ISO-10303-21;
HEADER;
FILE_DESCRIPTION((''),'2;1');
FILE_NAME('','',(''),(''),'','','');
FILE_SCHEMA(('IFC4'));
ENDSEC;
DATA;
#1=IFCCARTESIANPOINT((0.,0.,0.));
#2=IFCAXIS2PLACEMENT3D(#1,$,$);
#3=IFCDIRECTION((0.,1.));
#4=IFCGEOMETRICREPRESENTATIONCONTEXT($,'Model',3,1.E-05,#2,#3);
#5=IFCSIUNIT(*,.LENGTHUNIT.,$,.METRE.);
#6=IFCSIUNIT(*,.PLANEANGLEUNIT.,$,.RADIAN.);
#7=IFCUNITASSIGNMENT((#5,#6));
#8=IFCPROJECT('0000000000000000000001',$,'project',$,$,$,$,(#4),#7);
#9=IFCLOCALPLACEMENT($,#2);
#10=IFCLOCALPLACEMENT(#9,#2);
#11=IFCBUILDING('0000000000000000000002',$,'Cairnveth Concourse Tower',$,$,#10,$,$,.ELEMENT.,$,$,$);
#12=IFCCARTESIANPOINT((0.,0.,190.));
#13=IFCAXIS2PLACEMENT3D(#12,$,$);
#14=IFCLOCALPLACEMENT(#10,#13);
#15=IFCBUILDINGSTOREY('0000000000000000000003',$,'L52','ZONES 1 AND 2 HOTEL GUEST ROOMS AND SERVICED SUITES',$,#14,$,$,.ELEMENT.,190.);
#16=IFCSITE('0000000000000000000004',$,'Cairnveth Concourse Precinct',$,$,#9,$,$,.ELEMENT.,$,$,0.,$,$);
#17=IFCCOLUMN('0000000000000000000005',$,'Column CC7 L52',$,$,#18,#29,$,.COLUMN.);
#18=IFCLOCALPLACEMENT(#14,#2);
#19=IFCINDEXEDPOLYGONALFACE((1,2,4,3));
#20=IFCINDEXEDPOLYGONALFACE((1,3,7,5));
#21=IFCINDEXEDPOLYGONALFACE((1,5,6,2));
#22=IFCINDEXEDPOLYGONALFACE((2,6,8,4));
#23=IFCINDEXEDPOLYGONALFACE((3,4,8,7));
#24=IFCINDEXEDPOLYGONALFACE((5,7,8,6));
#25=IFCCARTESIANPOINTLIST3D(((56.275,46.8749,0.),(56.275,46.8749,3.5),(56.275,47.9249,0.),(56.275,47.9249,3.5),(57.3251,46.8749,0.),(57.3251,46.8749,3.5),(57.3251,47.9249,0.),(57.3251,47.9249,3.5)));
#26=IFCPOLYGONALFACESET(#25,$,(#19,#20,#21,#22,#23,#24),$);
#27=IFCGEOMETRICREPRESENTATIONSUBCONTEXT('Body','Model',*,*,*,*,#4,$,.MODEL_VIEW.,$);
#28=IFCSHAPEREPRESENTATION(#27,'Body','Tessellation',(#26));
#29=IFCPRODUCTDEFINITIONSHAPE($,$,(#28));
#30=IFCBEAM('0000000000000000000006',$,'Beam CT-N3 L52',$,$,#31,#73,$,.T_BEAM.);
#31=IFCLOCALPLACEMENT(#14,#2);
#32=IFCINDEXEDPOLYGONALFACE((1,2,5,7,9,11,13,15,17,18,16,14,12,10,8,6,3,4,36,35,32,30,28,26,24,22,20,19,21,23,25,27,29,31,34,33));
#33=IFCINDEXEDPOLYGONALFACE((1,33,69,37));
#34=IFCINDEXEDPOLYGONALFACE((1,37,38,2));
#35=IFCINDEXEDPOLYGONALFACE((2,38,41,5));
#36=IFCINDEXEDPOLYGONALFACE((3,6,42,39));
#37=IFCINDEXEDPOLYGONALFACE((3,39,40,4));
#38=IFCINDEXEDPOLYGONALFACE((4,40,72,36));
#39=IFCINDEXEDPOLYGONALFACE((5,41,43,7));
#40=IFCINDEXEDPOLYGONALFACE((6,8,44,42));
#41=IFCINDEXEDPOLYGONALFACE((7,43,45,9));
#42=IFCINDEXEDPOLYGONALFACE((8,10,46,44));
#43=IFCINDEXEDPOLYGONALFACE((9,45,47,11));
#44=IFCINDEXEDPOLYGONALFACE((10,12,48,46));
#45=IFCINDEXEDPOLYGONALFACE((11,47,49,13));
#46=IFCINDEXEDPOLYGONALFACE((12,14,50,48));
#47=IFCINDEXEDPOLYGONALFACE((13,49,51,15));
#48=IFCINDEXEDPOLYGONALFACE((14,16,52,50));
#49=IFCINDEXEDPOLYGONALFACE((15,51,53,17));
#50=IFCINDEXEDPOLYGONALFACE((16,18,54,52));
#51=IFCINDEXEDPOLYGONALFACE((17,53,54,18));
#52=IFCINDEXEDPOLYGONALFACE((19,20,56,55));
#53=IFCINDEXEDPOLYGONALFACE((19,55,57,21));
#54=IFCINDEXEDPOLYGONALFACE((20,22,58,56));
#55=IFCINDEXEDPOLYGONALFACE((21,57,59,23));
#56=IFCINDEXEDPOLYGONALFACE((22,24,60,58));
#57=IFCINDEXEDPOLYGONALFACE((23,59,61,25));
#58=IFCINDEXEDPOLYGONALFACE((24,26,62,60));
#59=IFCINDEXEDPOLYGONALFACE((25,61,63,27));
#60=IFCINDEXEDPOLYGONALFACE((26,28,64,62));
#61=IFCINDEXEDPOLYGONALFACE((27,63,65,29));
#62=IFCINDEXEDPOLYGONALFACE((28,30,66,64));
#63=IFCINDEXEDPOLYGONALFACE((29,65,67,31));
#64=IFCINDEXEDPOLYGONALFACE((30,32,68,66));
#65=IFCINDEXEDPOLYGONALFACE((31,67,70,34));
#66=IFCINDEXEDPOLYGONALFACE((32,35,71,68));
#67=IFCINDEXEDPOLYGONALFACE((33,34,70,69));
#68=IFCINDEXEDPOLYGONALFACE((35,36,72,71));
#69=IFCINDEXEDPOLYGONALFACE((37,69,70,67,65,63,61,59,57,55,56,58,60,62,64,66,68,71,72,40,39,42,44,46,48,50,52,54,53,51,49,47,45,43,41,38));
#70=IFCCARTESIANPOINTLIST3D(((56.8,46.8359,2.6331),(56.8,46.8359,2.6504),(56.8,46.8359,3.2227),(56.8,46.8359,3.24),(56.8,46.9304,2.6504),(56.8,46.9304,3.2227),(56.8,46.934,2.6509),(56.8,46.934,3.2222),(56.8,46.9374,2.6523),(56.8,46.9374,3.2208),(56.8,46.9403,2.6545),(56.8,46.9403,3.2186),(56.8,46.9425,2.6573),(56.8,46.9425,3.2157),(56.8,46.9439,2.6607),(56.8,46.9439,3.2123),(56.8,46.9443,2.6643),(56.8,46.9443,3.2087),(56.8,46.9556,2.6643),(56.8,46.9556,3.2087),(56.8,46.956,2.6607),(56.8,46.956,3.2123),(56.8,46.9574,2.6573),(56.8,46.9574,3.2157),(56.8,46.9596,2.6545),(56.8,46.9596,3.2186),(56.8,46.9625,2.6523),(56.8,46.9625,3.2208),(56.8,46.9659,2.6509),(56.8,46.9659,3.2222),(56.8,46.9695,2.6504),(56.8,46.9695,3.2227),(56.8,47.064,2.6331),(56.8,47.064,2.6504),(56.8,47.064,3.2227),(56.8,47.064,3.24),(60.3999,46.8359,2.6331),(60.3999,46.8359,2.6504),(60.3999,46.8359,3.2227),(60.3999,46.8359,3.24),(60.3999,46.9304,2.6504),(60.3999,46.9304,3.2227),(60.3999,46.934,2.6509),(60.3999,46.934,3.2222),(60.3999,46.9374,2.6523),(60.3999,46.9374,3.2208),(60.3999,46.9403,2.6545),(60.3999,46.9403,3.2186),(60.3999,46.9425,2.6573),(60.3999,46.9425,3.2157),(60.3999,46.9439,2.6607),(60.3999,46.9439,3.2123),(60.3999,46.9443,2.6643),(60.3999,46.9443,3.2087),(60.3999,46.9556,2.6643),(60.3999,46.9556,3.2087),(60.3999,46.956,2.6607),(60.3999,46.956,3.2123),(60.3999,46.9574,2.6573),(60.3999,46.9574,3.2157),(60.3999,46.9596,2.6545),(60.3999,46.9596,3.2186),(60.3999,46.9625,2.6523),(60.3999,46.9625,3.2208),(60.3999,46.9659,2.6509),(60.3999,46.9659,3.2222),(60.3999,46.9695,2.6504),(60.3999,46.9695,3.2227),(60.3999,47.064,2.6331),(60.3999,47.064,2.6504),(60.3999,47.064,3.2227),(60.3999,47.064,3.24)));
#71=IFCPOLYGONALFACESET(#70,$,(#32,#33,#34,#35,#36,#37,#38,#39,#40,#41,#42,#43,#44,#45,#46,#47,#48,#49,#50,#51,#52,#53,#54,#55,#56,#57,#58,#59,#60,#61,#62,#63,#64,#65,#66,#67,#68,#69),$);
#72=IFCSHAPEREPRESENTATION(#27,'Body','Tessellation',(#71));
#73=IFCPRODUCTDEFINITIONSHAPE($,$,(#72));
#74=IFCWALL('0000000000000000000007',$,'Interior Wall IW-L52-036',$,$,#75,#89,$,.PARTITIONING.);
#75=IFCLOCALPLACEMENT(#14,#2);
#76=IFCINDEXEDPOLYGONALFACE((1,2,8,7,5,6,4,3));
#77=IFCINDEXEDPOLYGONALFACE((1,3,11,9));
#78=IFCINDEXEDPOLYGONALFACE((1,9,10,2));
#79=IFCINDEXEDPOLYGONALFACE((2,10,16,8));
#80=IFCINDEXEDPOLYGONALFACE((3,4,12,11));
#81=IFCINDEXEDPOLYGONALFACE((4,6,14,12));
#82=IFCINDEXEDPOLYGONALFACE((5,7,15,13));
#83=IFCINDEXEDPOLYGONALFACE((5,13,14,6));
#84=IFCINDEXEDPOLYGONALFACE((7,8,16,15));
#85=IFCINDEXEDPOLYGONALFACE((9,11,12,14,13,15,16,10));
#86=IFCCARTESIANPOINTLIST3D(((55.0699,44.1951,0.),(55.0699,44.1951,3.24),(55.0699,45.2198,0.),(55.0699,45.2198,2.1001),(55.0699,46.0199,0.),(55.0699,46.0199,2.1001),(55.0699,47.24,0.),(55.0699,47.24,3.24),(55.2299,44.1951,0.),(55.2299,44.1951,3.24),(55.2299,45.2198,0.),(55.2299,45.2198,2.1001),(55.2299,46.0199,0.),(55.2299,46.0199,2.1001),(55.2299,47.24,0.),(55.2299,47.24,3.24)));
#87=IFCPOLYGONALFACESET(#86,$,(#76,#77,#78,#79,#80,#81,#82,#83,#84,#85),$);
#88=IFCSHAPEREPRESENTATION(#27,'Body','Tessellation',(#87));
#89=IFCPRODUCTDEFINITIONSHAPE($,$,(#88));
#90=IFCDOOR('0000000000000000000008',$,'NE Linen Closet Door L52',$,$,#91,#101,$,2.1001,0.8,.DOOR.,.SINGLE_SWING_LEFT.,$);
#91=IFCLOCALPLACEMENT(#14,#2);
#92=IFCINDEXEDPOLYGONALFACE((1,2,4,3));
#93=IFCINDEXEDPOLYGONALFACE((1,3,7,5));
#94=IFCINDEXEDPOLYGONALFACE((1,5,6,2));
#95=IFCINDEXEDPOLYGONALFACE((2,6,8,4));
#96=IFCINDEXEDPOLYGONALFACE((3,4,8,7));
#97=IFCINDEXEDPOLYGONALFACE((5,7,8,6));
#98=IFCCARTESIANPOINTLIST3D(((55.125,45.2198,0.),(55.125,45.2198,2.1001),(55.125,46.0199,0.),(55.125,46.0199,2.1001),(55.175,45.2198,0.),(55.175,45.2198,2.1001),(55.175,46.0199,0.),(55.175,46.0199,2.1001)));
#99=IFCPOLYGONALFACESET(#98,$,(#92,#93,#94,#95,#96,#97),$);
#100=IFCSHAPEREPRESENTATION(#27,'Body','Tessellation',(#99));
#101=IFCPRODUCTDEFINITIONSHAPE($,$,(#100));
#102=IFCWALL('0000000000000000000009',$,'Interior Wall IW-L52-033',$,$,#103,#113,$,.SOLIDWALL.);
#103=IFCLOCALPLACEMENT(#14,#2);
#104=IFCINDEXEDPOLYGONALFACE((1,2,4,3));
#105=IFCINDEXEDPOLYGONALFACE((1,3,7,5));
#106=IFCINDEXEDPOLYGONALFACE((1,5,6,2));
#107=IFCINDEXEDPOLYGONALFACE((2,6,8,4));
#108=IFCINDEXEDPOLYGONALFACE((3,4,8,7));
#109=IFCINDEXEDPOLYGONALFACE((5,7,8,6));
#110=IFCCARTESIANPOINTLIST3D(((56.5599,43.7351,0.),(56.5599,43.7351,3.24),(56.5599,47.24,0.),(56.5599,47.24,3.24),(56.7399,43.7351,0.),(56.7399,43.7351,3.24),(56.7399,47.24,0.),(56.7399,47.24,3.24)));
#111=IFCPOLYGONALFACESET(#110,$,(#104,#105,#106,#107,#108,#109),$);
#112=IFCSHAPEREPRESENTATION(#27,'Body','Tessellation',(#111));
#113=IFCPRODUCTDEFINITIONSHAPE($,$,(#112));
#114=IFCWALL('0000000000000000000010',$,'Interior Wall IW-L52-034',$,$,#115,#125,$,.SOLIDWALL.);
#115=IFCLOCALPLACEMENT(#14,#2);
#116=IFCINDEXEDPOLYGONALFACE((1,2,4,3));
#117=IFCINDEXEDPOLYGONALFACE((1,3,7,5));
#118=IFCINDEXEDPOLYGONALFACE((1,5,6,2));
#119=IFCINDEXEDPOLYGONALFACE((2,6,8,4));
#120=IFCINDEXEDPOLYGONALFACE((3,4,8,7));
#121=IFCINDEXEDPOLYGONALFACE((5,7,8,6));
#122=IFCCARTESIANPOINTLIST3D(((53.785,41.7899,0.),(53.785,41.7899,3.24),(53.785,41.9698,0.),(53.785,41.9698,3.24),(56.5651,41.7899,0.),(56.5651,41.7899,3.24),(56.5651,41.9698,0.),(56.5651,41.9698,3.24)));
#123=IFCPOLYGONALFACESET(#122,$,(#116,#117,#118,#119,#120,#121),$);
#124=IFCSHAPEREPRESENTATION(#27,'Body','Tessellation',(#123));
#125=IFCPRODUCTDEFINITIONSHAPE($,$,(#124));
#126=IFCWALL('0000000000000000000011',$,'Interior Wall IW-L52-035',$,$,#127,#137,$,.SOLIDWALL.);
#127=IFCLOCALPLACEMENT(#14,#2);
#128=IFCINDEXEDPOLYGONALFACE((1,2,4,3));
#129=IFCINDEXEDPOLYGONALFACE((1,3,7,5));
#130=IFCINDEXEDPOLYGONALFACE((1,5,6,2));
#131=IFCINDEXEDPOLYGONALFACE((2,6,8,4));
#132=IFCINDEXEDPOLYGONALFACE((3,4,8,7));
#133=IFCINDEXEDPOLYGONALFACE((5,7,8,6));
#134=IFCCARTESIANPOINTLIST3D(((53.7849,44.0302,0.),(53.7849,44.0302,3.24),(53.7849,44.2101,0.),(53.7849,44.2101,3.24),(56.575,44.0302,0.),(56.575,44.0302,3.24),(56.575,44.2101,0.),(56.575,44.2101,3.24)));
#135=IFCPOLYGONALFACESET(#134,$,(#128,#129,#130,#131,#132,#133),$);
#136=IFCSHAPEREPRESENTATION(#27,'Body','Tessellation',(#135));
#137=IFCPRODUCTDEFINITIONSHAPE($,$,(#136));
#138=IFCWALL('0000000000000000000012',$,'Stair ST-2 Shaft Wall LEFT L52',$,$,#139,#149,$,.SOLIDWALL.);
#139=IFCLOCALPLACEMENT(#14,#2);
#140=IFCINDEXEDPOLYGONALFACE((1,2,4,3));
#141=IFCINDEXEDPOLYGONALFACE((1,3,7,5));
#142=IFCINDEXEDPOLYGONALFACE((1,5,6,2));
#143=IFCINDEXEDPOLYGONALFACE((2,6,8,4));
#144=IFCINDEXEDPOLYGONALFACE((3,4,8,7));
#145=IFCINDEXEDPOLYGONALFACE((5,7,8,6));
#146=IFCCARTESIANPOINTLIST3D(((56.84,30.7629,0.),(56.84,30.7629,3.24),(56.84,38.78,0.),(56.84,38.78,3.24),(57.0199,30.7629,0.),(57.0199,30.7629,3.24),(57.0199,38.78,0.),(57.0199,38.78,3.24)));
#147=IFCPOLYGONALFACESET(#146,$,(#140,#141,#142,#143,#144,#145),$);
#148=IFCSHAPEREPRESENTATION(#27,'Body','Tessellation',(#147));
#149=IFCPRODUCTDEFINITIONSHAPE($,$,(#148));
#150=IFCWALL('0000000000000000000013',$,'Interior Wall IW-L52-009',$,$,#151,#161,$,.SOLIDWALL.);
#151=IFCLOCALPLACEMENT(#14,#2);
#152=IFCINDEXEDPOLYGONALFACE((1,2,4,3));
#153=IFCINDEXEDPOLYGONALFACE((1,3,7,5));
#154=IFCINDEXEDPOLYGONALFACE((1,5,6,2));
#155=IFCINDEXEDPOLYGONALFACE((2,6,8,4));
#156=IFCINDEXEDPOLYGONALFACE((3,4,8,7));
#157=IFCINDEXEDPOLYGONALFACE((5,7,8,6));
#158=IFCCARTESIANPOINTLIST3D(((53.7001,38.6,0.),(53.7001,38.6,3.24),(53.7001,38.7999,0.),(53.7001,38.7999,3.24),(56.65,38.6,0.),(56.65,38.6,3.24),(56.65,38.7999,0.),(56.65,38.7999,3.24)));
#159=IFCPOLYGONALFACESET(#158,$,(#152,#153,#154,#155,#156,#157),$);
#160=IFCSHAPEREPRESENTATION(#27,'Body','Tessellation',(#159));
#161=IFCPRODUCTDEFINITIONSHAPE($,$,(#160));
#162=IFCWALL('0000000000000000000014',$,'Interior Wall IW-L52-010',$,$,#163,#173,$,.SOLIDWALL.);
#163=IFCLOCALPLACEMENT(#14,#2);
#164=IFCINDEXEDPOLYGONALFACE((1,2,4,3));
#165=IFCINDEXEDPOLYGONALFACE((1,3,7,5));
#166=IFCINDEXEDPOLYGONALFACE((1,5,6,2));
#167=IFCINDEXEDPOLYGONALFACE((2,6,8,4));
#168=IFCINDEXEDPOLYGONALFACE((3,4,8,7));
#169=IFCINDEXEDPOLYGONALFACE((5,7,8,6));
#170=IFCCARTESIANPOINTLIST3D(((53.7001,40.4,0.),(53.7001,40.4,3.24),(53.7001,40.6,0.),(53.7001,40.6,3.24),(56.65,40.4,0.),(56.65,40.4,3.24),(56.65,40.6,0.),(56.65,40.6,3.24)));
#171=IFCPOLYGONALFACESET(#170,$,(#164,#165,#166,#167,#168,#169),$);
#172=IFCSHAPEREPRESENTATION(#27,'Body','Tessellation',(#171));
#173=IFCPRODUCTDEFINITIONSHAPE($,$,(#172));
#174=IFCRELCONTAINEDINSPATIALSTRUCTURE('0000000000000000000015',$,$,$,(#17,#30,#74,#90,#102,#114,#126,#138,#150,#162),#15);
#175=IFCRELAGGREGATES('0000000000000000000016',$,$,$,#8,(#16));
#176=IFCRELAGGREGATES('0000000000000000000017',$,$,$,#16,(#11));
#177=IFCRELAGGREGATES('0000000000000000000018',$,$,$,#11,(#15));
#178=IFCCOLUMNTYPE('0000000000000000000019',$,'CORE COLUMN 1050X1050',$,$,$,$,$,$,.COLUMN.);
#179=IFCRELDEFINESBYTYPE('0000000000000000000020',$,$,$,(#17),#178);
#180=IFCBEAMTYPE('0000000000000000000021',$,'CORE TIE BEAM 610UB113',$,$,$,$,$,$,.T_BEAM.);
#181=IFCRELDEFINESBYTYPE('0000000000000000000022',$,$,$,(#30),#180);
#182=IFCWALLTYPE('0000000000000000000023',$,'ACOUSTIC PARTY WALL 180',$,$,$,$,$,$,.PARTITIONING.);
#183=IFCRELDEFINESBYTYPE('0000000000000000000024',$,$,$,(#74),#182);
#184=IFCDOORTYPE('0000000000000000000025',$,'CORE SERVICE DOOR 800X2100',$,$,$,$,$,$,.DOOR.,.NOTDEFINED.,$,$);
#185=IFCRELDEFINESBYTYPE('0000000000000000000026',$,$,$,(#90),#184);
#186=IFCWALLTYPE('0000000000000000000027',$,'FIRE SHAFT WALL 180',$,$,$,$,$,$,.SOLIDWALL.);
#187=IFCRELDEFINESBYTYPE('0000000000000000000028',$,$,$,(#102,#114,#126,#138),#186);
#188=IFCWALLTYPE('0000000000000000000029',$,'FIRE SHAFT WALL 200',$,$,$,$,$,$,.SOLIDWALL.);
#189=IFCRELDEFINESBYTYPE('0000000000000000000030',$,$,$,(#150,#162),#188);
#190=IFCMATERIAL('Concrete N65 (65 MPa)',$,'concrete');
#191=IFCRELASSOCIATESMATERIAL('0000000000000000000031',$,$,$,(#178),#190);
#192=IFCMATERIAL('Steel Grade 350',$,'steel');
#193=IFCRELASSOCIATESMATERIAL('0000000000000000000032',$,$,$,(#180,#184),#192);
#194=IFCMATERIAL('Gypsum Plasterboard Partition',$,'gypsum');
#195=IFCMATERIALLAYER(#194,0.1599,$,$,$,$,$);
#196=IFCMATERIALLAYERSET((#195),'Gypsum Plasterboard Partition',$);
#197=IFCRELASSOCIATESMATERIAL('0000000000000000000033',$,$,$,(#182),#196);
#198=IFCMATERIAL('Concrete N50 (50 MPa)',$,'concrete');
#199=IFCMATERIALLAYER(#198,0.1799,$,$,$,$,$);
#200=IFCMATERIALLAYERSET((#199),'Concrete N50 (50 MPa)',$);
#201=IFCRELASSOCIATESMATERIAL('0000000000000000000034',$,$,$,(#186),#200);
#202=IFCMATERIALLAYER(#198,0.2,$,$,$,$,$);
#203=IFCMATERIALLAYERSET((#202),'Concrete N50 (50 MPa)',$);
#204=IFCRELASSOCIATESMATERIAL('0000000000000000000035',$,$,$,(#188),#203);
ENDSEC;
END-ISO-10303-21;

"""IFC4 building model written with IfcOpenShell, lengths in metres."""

from ifc_helpers import new_model, si_unit, direction, frame, frame_2d, origin, origin_2d, place, context, subcontext, project, spatial, rectangle, i_section, extrude, material, layer, layer_set, material_profile, profile_set, type_object, element, fill, save


model = new_model("IFC4")

# Units and contexts
model_context = context("Model", 3, precision=1e-05, world=origin(), true_north=direction((0.0, 1.0)))
body_context = subcontext(model_context, "Body", "Model", "MODEL_VIEW")
ifc_project = project(units=[si_unit("LENGTHUNIT", "METRE"), si_unit("PLANEANGLEUNIT", "RADIAN")], contexts=[model_context])

# Site, building, storey
site_placement = place(None, origin())
site = spatial("IfcSite", under=ifc_project, at=site_placement, Name="Cairnveth Concourse Precinct", CompositionType="ELEMENT", RefElevation=0.0)
building_placement = place(site_placement, origin())
building = spatial("IfcBuilding", under=site, at=building_placement, Name="Cairnveth Concourse Tower", CompositionType="ELEMENT")
storey_placement = place(building_placement, frame((0.0, 0.0, 190.0)))
storey = spatial("IfcBuildingStorey", under=building, at=storey_placement, Name="L52", Description="ZONES 1 AND 2 HOTEL GUEST ROOMS AND SERVICED SUITES", CompositionType="ELEMENT", Elevation=190.0)

# Column
ifc_material_1 = material(Name="Concrete N65 (65 MPa)", Category="concrete")
ifc_material_profile_1 = material_profile(ifc_material_1, rectangle(XDim=1.05, YDim=1.05, at=origin_2d()), Name="RC-COL-1050x1050")
ifc_profile_set_1 = profile_set([ifc_material_profile_1], Name="Concrete N65 (65 MPa)")
column_type = type_object("IfcColumnType", Name="CORE COLUMN 1050X1050", PredefinedType="COLUMN", material=ifc_profile_set_1)
column_placement = place(storey_placement, frame((56.8, 47.3999, 0.0), z_axis=(0.0, 0.0, 1.0), x_axis=(1.0, 0.0, 0.0)))
element("IfcColumn", 1, at=column_placement, inside=storey, type_object=column_type, Name="Column CC7 L52", PredefinedType="COLUMN", context=body_context, shape_type="SweptSolid", body=[
    extrude(rectangle(XDim=1.05, YDim=1.05, at=origin_2d()), origin(), (0.0, 0.0, 1.0), 3.5),
])

# Beam
ifc_material_2 = material(Name="Steel Grade 350", Category="steel")
ifc_material_profile_2 = material_profile(ifc_material_2, i_section(OverallWidth=0.228, OverallDepth=0.6069, WebThickness=0.0112, FlangeThickness=0.0173, FilletRadius=0.0139, at=origin_2d()), Name="610UB113")
ifc_profile_set_2 = profile_set([ifc_material_profile_2], Name="Steel Grade 350")
beam_type = type_object("IfcBeamType", Name="CORE TIE BEAM 610UB113", PredefinedType="T_BEAM", material=ifc_profile_set_2)
beam_placement = place(storey_placement, frame((56.8, 46.95, 2.9365), z_axis=(1.0, 0.0, 0.0), x_axis=(0.0, 1.0, 0.0)))
element("IfcBeam", 2, at=beam_placement, inside=storey, type_object=beam_type, Name="Beam CT-N3 L52", PredefinedType="T_BEAM", context=body_context, shape_type="SweptSolid", body=[
    extrude(i_section(OverallWidth=0.228, OverallDepth=0.6069, WebThickness=0.0112, FlangeThickness=0.0173, FilletRadius=0.0139, at=origin_2d()), origin(), (0.0, 0.0, 1.0), 3.5999),
])

# Wall, opening, door
ifc_material_3 = material(Name="Gypsum Plasterboard Partition", Category="gypsum")
ifc_layer_1 = layer(ifc_material_3, 0.1599)
ifc_layer_set_1 = layer_set([ifc_layer_1], Name="Gypsum Plasterboard Partition")
wall_type_1 = type_object("IfcWallType", Name="ACOUSTIC PARTY WALL 180", PredefinedType="PARTITIONING", material=ifc_layer_set_1)
wall_1_placement = place(storey_placement, frame((55.1499, 44.1951, 0.0), z_axis=(0.0, 0.0, 1.0), x_axis=(0.0, 1.0, 0.0)))
wall_1 = element("IfcWall", 3, at=wall_1_placement, inside=storey, type_object=wall_type_1, Name="Interior Wall IW-L52-036", PredefinedType="PARTITIONING", context=body_context, shape_type="SweptSolid", body=[
    extrude(rectangle(XDim=3.0449, YDim=0.1599, at=frame_2d((1.5225, 0.0))), origin(), (0.0, 0.0, 1.0), 3.24),
])
opening_1_placement = place(wall_1_placement, frame((1.0249, 0.0, 0.0)))
opening_1 = element("IfcOpeningElement", 4, at=opening_1_placement, cuts=wall_1, PredefinedType="OPENING", context=body_context, shape_type="SweptSolid", body=[
    extrude(rectangle(XDim=0.8, YDim=2.1001, at=frame_2d((0.3999, 1.05))), frame((0.0, 0.0898, 0.0), z_axis=(0.0, -1.0, 0.0), x_axis=(1.0, 0.0, 0.0)), (0.0, 0.0, 1.0), 0.1799),
])
door_type_1 = type_object("IfcDoorType", Name="CORE SERVICE DOOR 800X2100", OperationType="NOTDEFINED", PredefinedType="DOOR", material=ifc_material_2)
door_1_placement = place(opening_1_placement, origin())
door_1 = element("IfcDoor", 5, at=door_1_placement, inside=storey, type_object=door_type_1, Name="NE Linen Closet Door L52", OperationType="SINGLE_SWING_LEFT", OverallHeight=2.1001, OverallWidth=0.8, PredefinedType="DOOR", context=body_context, shape_type="SweptSolid", body=[
    extrude(rectangle(XDim=0.8, YDim=2.1001, at=frame_2d((0.3999, 1.05))), frame((0.0, 0.0249, 0.0), z_axis=(0.0, -1.0, 0.0), x_axis=(1.0, 0.0, 0.0)), (0.0, 0.0, 1.0), 0.05),
])
fill(opening_1, door_1)

# Walls
ifc_material_4 = material(Name="Concrete N50 (50 MPa)", Category="concrete")
ifc_layer_2 = layer(ifc_material_4, 0.1799)
ifc_layer_set_2 = layer_set([ifc_layer_2], Name="Concrete N50 (50 MPa)")
wall_type_2 = type_object("IfcWallType", Name="FIRE SHAFT WALL 180", PredefinedType="SOLIDWALL", material=ifc_layer_set_2)
wall_2_placement = place(storey_placement, frame((56.6499, 43.7351, 0.0), z_axis=(0.0, 0.0, 1.0), x_axis=(0.0, 1.0, 0.0)))
element("IfcWall", 6, at=wall_2_placement, inside=storey, type_object=wall_type_2, Name="Interior Wall IW-L52-033", PredefinedType="SOLIDWALL", context=body_context, shape_type="SweptSolid", body=[
    extrude(rectangle(XDim=3.5049, YDim=0.1799, at=frame_2d((1.7524, 0.0))), origin(), (0.0, 0.0, 1.0), 3.24),
])
wall_3_placement = place(storey_placement, frame((53.7849, 41.8799, 0.0), z_axis=(0.0, 0.0, 1.0), x_axis=(1.0, 0.0, 0.0)))
element("IfcWall", 7, at=wall_3_placement, inside=storey, type_object=wall_type_2, Name="Interior Wall IW-L52-034", PredefinedType="SOLIDWALL", context=body_context, shape_type="SweptSolid", body=[
    extrude(rectangle(XDim=2.78, YDim=0.1799, at=frame_2d((1.3901, 0.0))), origin(), (0.0, 0.0, 1.0), 3.24),
])
wall_4_placement = place(storey_placement, frame((53.7849, 44.1201, 0.0), z_axis=(0.0, 0.0, 1.0), x_axis=(1.0, 0.0, 0.0)))
element("IfcWall", 8, at=wall_4_placement, inside=storey, type_object=wall_type_2, Name="Interior Wall IW-L52-035", PredefinedType="SOLIDWALL", context=body_context, shape_type="SweptSolid", body=[
    extrude(rectangle(XDim=2.79, YDim=0.1799, at=frame_2d((1.395, 0.0))), origin(), (0.0, 0.0, 1.0), 3.24),
])

# Walls
wall_5_placement = place(storey_placement, frame((56.9299, 38.78, 0.0), z_axis=(0.0, 0.0, 1.0), x_axis=(0.0, -1.0, 0.0)))
element("IfcWall", 9, at=wall_5_placement, inside=storey, type_object=wall_type_2, Name="Stair ST-2 Shaft Wall LEFT L52", PredefinedType="SOLIDWALL", context=body_context, shape_type="SweptSolid", body=[
    extrude(rectangle(XDim=8.0171, YDim=0.1799, at=frame_2d((4.0085, 0.0))), origin(), (0.0, 0.0, 1.0), 3.24),
])
ifc_layer_3 = layer(ifc_material_4, 0.2)
ifc_layer_set_3 = layer_set([ifc_layer_3], Name="Concrete N50 (50 MPa)")
wall_type_3 = type_object("IfcWallType", Name="FIRE SHAFT WALL 200", PredefinedType="SOLIDWALL", material=ifc_layer_set_3)
for number, where, z_axis, x_axis, name in (
    (10, (53.7, 38.7, 0.0), (0.0, 0.0, 1.0), (1.0, 0.0, 0.0), "Interior Wall IW-L52-009"),
    (11, (53.7, 40.5, 0.0), (0.0, 0.0, 1.0), (1.0, 0.0, 0.0), "Interior Wall IW-L52-010"),
):
    element("IfcWall", number, at=place(storey_placement, frame(where, z_axis=z_axis, x_axis=x_axis)), inside=storey, type_object=wall_type_3, Name=name, PredefinedType="SOLIDWALL", context=body_context, shape_type="SweptSolid", body=[
        extrude(rectangle(XDim=2.95, YDim=0.2, at=frame_2d((1.4751, 0.0))), origin(), (0.0, 0.0, 1.0), 3.24),
    ])

save(model, "model.ifc")
